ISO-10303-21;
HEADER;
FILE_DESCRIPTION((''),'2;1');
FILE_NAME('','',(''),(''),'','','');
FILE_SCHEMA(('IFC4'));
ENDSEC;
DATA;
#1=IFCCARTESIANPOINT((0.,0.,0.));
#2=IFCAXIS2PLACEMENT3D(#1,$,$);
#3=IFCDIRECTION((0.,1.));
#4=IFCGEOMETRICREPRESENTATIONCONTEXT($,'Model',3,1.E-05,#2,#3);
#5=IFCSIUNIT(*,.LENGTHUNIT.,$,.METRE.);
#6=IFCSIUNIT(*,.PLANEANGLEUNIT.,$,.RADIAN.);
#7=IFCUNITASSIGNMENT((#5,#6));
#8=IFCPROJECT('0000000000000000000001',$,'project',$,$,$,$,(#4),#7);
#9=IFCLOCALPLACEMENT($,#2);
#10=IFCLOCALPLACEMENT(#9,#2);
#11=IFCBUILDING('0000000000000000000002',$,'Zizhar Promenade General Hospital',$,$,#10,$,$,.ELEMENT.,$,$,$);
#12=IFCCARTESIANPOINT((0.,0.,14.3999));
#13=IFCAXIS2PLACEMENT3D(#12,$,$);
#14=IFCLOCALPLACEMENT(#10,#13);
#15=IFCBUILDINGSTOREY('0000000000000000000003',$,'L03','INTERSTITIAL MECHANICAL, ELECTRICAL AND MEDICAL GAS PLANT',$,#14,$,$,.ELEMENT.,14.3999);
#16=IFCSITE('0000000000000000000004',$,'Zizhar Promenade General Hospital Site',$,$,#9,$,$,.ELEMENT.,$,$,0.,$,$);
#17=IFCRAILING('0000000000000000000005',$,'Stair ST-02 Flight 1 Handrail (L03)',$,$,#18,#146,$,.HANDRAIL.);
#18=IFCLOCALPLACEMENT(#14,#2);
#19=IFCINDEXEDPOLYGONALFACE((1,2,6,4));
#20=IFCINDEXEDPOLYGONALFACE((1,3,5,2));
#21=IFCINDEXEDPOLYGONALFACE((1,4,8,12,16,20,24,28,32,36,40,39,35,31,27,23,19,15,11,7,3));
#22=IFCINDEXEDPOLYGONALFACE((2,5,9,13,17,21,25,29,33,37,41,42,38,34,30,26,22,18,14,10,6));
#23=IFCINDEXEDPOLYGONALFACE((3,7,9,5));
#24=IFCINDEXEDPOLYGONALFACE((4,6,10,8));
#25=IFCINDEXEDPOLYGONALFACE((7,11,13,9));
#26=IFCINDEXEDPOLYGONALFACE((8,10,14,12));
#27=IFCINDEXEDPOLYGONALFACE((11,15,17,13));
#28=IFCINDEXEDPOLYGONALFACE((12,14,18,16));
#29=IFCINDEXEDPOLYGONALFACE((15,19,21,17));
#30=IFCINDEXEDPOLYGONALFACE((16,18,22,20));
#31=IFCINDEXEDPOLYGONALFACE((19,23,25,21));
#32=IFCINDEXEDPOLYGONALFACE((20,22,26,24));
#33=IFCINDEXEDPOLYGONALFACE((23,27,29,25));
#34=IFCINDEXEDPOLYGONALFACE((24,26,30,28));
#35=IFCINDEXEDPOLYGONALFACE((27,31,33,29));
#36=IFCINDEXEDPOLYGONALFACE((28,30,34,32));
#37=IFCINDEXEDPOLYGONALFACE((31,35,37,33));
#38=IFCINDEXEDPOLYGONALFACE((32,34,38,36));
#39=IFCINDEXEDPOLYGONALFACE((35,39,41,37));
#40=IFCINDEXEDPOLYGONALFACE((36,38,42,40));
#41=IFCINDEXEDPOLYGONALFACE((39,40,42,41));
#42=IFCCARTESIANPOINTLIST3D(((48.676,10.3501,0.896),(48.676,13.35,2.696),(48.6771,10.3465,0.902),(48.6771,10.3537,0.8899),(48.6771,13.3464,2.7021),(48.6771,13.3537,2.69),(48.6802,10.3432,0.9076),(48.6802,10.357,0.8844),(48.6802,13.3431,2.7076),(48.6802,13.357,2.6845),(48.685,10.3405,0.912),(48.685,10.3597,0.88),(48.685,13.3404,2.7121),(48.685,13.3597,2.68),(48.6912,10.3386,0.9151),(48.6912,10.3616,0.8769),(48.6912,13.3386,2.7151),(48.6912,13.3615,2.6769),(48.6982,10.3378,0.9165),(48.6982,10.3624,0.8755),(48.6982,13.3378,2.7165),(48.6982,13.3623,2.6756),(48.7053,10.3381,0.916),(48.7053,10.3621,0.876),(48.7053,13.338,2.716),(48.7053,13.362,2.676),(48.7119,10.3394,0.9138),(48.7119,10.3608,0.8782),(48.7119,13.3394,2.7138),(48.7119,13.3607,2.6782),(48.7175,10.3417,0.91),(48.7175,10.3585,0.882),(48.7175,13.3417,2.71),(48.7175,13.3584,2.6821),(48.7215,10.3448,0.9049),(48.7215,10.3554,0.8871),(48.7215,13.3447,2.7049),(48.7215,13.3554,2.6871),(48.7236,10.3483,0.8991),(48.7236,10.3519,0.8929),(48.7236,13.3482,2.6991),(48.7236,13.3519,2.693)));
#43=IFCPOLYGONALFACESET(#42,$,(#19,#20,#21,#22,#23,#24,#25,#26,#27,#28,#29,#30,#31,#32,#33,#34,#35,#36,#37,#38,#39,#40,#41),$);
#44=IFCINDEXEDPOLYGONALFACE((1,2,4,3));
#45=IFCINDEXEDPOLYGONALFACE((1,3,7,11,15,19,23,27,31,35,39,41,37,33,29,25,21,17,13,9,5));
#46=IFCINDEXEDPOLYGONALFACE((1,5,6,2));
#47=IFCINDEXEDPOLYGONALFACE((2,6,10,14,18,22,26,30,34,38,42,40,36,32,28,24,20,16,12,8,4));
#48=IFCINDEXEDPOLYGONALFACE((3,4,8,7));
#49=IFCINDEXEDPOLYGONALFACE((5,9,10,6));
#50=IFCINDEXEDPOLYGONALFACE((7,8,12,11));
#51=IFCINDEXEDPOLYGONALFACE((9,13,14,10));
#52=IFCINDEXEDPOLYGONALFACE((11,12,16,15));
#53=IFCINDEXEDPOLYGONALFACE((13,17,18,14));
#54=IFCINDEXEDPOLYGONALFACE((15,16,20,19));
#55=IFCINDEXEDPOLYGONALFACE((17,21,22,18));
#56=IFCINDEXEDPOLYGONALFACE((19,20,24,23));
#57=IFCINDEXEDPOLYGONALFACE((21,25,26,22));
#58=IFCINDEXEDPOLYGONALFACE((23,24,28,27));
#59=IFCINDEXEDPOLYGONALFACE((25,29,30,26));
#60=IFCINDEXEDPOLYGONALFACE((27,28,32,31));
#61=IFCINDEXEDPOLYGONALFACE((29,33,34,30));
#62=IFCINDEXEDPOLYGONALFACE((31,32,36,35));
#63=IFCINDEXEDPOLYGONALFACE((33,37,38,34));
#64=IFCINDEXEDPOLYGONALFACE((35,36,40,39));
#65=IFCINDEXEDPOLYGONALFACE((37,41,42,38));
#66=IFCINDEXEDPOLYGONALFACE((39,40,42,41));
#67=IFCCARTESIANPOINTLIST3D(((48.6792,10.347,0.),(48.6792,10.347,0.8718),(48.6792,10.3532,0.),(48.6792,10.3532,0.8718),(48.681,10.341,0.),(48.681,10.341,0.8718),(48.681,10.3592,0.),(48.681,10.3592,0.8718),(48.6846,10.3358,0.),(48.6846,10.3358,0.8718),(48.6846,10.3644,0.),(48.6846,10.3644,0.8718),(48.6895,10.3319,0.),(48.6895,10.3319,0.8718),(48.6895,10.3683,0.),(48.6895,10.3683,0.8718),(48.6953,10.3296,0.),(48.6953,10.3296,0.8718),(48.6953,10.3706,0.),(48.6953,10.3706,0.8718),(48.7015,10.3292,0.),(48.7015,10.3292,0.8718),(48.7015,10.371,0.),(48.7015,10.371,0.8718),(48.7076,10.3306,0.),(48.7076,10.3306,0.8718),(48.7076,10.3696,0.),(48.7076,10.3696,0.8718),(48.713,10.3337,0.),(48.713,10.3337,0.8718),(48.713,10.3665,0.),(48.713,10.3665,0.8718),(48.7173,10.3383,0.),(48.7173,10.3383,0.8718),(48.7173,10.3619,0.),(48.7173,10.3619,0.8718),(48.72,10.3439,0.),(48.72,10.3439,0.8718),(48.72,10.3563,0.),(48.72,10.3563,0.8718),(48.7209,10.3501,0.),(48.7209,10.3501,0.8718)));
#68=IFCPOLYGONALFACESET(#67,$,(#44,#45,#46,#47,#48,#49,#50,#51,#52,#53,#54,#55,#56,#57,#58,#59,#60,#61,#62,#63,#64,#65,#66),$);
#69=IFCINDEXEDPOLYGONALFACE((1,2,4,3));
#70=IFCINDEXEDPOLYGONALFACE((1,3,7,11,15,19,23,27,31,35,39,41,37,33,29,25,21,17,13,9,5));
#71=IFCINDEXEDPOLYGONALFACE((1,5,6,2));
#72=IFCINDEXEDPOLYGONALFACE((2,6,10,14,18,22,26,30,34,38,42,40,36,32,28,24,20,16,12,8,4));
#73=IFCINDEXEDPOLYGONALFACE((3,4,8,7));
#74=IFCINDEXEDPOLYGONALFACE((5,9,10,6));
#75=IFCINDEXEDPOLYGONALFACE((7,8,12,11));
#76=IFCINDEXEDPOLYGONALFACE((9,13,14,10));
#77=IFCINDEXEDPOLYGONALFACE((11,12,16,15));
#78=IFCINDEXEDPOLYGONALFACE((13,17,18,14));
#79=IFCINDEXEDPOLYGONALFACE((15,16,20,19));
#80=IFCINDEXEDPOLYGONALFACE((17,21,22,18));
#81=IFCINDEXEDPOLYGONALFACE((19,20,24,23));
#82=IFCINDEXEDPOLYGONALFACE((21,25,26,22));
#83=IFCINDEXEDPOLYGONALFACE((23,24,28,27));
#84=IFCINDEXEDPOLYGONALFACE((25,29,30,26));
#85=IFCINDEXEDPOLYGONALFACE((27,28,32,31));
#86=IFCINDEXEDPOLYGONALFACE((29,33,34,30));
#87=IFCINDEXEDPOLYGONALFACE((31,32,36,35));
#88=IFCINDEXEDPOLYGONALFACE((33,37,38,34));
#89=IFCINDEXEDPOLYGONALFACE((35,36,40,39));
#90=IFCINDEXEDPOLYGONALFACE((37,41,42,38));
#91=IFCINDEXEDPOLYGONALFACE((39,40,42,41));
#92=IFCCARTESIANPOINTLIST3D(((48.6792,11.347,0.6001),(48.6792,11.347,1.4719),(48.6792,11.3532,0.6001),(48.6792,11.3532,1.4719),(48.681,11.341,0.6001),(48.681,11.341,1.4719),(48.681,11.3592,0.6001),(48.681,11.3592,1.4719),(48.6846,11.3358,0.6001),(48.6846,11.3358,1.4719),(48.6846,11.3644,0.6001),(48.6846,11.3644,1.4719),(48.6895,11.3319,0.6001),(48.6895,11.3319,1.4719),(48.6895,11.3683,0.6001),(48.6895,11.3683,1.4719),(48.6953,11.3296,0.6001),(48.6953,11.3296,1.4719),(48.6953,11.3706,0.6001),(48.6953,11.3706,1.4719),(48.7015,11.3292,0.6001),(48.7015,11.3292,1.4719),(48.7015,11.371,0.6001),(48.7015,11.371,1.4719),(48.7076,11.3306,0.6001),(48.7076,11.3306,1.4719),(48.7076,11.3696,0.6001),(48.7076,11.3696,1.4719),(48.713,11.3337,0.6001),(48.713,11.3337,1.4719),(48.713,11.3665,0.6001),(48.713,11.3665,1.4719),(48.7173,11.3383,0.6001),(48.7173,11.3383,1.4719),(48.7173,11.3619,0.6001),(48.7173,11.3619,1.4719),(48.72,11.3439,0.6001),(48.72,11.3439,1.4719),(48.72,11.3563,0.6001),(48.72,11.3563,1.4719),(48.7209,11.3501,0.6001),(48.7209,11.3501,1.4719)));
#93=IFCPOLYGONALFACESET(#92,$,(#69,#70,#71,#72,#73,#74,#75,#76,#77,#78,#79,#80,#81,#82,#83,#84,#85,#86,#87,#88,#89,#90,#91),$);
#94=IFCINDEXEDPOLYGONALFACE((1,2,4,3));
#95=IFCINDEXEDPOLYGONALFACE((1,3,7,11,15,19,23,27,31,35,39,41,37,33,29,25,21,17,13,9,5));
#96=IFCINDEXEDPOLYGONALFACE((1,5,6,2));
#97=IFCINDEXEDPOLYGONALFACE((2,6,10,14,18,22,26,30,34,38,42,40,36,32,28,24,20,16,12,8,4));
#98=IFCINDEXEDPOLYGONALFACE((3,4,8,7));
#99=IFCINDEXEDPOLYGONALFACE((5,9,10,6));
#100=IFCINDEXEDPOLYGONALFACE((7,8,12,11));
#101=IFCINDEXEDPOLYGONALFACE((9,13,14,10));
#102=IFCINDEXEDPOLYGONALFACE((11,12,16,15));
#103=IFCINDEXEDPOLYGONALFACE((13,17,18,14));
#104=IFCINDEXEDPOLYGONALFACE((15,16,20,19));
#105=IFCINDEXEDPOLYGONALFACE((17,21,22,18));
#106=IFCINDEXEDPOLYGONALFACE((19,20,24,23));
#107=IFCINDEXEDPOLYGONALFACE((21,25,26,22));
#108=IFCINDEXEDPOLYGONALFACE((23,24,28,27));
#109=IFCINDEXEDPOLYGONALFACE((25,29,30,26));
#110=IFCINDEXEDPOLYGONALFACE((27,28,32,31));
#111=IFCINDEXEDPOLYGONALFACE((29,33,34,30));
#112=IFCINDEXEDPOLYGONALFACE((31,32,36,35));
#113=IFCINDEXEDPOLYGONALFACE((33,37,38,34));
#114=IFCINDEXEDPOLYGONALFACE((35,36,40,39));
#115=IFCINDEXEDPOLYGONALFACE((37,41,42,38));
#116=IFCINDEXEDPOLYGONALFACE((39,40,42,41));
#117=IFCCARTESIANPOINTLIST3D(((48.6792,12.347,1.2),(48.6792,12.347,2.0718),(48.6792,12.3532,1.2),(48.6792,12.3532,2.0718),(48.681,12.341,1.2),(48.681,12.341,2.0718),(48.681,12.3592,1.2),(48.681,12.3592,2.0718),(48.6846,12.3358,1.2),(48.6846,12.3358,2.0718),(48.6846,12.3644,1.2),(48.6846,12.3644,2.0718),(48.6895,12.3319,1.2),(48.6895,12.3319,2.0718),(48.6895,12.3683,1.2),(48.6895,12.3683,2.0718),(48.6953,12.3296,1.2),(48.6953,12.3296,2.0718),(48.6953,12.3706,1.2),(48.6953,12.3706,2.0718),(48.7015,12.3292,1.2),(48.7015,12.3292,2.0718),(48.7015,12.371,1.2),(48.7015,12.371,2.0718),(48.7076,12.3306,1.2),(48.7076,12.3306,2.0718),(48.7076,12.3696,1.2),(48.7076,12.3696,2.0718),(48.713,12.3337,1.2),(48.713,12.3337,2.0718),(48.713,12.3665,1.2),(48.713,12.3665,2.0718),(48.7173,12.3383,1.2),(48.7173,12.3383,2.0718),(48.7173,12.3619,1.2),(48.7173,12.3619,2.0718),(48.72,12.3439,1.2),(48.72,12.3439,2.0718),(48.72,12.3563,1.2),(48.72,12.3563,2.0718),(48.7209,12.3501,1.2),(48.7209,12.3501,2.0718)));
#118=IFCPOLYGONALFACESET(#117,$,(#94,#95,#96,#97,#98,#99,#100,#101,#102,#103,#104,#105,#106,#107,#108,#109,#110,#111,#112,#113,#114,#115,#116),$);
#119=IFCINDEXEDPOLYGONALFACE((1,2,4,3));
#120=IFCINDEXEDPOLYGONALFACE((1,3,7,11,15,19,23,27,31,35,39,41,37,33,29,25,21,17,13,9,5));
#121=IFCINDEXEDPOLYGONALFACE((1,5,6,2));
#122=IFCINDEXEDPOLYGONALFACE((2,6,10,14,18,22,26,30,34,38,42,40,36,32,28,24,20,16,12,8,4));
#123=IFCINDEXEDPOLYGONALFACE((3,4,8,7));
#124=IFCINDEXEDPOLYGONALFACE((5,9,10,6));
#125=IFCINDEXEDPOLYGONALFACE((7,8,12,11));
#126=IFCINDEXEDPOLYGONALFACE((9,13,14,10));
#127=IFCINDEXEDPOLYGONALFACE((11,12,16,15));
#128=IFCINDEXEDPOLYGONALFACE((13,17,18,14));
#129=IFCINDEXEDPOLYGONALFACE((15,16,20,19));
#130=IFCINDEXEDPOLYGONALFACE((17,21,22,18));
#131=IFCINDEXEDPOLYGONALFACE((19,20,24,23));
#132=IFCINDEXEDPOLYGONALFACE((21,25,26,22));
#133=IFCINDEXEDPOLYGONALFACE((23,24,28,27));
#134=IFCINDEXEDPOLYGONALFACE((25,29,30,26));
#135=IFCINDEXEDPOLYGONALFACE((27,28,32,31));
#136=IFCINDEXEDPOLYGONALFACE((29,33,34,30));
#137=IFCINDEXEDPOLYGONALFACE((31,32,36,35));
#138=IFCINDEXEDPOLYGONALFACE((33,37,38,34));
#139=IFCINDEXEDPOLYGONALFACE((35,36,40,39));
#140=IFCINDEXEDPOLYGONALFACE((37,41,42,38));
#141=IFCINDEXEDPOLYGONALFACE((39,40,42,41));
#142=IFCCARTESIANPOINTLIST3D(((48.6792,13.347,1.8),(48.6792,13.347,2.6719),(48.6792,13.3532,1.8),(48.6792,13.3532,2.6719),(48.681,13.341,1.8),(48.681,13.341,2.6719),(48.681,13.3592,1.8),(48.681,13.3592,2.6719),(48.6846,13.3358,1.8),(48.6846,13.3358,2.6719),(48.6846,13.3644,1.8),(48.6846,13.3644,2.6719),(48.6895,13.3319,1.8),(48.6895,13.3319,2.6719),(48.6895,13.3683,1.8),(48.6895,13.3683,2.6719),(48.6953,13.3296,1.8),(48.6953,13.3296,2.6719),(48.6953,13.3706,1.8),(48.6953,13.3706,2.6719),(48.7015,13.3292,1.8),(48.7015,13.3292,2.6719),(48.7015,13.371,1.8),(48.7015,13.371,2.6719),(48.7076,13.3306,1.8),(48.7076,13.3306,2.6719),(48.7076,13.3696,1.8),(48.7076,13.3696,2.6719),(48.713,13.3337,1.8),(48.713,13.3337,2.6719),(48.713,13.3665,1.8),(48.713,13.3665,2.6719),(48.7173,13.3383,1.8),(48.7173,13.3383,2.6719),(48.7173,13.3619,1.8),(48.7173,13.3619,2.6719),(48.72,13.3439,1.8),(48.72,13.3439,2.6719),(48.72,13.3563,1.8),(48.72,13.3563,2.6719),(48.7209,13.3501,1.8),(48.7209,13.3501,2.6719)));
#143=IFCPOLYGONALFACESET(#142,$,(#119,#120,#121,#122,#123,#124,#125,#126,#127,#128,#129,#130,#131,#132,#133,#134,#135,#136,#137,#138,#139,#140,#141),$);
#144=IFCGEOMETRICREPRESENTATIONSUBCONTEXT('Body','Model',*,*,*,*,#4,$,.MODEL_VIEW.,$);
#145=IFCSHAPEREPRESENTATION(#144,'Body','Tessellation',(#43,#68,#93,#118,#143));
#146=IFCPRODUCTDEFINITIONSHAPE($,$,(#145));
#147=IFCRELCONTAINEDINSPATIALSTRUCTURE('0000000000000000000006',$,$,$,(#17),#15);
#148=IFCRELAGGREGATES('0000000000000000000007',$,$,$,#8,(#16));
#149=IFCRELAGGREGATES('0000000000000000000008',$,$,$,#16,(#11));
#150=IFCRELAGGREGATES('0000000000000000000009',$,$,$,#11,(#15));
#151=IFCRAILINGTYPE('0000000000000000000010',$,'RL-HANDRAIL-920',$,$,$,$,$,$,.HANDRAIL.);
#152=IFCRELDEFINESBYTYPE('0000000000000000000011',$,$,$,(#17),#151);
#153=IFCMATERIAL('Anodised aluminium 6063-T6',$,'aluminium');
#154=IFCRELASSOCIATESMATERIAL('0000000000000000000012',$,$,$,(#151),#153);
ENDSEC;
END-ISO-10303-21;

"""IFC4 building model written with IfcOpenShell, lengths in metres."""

from ifc_helpers import new_model, si_unit, direction, frame, origin, origin_2d, place, context, subcontext, project, spatial, circle, hollow_circle, extrude, material, material_profile, profile_set, type_object, element, save


model = new_model("IFC4")

# Units and contexts
model_context = context("Model", 3, precision=1e-05, world=origin(), true_north=direction((0.0, 1.0)))
body_context = subcontext(model_context, "Body", "Model", "MODEL_VIEW")
ifc_project = project(units=[si_unit("LENGTHUNIT", "METRE"), si_unit("PLANEANGLEUNIT", "RADIAN")], contexts=[model_context])

# Site, building, storey
site_placement = place(None, origin())
site = spatial("IfcSite", under=ifc_project, at=site_placement, Name="Zizhar Promenade General Hospital Site", CompositionType="ELEMENT", RefElevation=0.0)
building_placement = place(site_placement, origin())
building = spatial("IfcBuilding", under=site, at=building_placement, Name="Zizhar Promenade General Hospital", CompositionType="ELEMENT")
storey_placement = place(building_placement, frame((0.0, 0.0, 14.3999)))
storey = spatial("IfcBuildingStorey", under=building, at=storey_placement, Name="L03", Description="INTERSTITIAL MECHANICAL, ELECTRICAL AND MEDICAL GAS PLANT", CompositionType="ELEMENT", Elevation=14.3999)

# Railing
ifc_material_1 = material(Name="Anodised aluminium 6063-T6", Category="aluminium")
ifc_material_profile_1 = material_profile(ifc_material_1, hollow_circle(Radius=0.0698, WallThickness=0.0063, at=origin_2d()))
ifc_profile_set_1 = profile_set([ifc_material_profile_1], Name="Anodised aluminium 6063-T6")
railing_type_1 = type_object("IfcRailingType", Name="RL-HANDRAIL-920", PredefinedType="HANDRAIL", material=ifc_profile_set_1)
railing_1_placement = place(storey_placement, frame((48.7, 10.3501, 0.0)))
element("IfcRailing", 1, at=railing_1_placement, inside=storey, type_object=railing_type_1, Name="Stair ST-02 Flight 1 Handrail (L03)", PredefinedType="HANDRAIL", context=body_context, shape_type="SweptSolid", body=[
    extrude(circle(Radius=0.0239, at=origin_2d()), frame((0.0, 0.0, 0.896), z_axis=(0.0, 0.857487, 0.514506), x_axis=(-1.0, 0.0, 0.0)), (0.0, 0.0, 1.0), 3.4985),
    extrude(circle(Radius=0.021, at=origin_2d()), origin(), (0.0, 0.0, 1.0), 0.8718),
    extrude(circle(Radius=0.021, at=origin_2d()), frame((0.0, 1.0, 0.6001)), (0.0, 0.0, 1.0), 0.8718),
    extrude(circle(Radius=0.021, at=origin_2d()), frame((0.0, 2.0, 1.2)), (0.0, 0.0, 1.0), 0.8718),
    extrude(circle(Radius=0.021, at=origin_2d()), frame((0.0, 3.0, 1.8)), (0.0, 0.0, 1.0), 0.8718),
])

save(model, "model.ifc")
